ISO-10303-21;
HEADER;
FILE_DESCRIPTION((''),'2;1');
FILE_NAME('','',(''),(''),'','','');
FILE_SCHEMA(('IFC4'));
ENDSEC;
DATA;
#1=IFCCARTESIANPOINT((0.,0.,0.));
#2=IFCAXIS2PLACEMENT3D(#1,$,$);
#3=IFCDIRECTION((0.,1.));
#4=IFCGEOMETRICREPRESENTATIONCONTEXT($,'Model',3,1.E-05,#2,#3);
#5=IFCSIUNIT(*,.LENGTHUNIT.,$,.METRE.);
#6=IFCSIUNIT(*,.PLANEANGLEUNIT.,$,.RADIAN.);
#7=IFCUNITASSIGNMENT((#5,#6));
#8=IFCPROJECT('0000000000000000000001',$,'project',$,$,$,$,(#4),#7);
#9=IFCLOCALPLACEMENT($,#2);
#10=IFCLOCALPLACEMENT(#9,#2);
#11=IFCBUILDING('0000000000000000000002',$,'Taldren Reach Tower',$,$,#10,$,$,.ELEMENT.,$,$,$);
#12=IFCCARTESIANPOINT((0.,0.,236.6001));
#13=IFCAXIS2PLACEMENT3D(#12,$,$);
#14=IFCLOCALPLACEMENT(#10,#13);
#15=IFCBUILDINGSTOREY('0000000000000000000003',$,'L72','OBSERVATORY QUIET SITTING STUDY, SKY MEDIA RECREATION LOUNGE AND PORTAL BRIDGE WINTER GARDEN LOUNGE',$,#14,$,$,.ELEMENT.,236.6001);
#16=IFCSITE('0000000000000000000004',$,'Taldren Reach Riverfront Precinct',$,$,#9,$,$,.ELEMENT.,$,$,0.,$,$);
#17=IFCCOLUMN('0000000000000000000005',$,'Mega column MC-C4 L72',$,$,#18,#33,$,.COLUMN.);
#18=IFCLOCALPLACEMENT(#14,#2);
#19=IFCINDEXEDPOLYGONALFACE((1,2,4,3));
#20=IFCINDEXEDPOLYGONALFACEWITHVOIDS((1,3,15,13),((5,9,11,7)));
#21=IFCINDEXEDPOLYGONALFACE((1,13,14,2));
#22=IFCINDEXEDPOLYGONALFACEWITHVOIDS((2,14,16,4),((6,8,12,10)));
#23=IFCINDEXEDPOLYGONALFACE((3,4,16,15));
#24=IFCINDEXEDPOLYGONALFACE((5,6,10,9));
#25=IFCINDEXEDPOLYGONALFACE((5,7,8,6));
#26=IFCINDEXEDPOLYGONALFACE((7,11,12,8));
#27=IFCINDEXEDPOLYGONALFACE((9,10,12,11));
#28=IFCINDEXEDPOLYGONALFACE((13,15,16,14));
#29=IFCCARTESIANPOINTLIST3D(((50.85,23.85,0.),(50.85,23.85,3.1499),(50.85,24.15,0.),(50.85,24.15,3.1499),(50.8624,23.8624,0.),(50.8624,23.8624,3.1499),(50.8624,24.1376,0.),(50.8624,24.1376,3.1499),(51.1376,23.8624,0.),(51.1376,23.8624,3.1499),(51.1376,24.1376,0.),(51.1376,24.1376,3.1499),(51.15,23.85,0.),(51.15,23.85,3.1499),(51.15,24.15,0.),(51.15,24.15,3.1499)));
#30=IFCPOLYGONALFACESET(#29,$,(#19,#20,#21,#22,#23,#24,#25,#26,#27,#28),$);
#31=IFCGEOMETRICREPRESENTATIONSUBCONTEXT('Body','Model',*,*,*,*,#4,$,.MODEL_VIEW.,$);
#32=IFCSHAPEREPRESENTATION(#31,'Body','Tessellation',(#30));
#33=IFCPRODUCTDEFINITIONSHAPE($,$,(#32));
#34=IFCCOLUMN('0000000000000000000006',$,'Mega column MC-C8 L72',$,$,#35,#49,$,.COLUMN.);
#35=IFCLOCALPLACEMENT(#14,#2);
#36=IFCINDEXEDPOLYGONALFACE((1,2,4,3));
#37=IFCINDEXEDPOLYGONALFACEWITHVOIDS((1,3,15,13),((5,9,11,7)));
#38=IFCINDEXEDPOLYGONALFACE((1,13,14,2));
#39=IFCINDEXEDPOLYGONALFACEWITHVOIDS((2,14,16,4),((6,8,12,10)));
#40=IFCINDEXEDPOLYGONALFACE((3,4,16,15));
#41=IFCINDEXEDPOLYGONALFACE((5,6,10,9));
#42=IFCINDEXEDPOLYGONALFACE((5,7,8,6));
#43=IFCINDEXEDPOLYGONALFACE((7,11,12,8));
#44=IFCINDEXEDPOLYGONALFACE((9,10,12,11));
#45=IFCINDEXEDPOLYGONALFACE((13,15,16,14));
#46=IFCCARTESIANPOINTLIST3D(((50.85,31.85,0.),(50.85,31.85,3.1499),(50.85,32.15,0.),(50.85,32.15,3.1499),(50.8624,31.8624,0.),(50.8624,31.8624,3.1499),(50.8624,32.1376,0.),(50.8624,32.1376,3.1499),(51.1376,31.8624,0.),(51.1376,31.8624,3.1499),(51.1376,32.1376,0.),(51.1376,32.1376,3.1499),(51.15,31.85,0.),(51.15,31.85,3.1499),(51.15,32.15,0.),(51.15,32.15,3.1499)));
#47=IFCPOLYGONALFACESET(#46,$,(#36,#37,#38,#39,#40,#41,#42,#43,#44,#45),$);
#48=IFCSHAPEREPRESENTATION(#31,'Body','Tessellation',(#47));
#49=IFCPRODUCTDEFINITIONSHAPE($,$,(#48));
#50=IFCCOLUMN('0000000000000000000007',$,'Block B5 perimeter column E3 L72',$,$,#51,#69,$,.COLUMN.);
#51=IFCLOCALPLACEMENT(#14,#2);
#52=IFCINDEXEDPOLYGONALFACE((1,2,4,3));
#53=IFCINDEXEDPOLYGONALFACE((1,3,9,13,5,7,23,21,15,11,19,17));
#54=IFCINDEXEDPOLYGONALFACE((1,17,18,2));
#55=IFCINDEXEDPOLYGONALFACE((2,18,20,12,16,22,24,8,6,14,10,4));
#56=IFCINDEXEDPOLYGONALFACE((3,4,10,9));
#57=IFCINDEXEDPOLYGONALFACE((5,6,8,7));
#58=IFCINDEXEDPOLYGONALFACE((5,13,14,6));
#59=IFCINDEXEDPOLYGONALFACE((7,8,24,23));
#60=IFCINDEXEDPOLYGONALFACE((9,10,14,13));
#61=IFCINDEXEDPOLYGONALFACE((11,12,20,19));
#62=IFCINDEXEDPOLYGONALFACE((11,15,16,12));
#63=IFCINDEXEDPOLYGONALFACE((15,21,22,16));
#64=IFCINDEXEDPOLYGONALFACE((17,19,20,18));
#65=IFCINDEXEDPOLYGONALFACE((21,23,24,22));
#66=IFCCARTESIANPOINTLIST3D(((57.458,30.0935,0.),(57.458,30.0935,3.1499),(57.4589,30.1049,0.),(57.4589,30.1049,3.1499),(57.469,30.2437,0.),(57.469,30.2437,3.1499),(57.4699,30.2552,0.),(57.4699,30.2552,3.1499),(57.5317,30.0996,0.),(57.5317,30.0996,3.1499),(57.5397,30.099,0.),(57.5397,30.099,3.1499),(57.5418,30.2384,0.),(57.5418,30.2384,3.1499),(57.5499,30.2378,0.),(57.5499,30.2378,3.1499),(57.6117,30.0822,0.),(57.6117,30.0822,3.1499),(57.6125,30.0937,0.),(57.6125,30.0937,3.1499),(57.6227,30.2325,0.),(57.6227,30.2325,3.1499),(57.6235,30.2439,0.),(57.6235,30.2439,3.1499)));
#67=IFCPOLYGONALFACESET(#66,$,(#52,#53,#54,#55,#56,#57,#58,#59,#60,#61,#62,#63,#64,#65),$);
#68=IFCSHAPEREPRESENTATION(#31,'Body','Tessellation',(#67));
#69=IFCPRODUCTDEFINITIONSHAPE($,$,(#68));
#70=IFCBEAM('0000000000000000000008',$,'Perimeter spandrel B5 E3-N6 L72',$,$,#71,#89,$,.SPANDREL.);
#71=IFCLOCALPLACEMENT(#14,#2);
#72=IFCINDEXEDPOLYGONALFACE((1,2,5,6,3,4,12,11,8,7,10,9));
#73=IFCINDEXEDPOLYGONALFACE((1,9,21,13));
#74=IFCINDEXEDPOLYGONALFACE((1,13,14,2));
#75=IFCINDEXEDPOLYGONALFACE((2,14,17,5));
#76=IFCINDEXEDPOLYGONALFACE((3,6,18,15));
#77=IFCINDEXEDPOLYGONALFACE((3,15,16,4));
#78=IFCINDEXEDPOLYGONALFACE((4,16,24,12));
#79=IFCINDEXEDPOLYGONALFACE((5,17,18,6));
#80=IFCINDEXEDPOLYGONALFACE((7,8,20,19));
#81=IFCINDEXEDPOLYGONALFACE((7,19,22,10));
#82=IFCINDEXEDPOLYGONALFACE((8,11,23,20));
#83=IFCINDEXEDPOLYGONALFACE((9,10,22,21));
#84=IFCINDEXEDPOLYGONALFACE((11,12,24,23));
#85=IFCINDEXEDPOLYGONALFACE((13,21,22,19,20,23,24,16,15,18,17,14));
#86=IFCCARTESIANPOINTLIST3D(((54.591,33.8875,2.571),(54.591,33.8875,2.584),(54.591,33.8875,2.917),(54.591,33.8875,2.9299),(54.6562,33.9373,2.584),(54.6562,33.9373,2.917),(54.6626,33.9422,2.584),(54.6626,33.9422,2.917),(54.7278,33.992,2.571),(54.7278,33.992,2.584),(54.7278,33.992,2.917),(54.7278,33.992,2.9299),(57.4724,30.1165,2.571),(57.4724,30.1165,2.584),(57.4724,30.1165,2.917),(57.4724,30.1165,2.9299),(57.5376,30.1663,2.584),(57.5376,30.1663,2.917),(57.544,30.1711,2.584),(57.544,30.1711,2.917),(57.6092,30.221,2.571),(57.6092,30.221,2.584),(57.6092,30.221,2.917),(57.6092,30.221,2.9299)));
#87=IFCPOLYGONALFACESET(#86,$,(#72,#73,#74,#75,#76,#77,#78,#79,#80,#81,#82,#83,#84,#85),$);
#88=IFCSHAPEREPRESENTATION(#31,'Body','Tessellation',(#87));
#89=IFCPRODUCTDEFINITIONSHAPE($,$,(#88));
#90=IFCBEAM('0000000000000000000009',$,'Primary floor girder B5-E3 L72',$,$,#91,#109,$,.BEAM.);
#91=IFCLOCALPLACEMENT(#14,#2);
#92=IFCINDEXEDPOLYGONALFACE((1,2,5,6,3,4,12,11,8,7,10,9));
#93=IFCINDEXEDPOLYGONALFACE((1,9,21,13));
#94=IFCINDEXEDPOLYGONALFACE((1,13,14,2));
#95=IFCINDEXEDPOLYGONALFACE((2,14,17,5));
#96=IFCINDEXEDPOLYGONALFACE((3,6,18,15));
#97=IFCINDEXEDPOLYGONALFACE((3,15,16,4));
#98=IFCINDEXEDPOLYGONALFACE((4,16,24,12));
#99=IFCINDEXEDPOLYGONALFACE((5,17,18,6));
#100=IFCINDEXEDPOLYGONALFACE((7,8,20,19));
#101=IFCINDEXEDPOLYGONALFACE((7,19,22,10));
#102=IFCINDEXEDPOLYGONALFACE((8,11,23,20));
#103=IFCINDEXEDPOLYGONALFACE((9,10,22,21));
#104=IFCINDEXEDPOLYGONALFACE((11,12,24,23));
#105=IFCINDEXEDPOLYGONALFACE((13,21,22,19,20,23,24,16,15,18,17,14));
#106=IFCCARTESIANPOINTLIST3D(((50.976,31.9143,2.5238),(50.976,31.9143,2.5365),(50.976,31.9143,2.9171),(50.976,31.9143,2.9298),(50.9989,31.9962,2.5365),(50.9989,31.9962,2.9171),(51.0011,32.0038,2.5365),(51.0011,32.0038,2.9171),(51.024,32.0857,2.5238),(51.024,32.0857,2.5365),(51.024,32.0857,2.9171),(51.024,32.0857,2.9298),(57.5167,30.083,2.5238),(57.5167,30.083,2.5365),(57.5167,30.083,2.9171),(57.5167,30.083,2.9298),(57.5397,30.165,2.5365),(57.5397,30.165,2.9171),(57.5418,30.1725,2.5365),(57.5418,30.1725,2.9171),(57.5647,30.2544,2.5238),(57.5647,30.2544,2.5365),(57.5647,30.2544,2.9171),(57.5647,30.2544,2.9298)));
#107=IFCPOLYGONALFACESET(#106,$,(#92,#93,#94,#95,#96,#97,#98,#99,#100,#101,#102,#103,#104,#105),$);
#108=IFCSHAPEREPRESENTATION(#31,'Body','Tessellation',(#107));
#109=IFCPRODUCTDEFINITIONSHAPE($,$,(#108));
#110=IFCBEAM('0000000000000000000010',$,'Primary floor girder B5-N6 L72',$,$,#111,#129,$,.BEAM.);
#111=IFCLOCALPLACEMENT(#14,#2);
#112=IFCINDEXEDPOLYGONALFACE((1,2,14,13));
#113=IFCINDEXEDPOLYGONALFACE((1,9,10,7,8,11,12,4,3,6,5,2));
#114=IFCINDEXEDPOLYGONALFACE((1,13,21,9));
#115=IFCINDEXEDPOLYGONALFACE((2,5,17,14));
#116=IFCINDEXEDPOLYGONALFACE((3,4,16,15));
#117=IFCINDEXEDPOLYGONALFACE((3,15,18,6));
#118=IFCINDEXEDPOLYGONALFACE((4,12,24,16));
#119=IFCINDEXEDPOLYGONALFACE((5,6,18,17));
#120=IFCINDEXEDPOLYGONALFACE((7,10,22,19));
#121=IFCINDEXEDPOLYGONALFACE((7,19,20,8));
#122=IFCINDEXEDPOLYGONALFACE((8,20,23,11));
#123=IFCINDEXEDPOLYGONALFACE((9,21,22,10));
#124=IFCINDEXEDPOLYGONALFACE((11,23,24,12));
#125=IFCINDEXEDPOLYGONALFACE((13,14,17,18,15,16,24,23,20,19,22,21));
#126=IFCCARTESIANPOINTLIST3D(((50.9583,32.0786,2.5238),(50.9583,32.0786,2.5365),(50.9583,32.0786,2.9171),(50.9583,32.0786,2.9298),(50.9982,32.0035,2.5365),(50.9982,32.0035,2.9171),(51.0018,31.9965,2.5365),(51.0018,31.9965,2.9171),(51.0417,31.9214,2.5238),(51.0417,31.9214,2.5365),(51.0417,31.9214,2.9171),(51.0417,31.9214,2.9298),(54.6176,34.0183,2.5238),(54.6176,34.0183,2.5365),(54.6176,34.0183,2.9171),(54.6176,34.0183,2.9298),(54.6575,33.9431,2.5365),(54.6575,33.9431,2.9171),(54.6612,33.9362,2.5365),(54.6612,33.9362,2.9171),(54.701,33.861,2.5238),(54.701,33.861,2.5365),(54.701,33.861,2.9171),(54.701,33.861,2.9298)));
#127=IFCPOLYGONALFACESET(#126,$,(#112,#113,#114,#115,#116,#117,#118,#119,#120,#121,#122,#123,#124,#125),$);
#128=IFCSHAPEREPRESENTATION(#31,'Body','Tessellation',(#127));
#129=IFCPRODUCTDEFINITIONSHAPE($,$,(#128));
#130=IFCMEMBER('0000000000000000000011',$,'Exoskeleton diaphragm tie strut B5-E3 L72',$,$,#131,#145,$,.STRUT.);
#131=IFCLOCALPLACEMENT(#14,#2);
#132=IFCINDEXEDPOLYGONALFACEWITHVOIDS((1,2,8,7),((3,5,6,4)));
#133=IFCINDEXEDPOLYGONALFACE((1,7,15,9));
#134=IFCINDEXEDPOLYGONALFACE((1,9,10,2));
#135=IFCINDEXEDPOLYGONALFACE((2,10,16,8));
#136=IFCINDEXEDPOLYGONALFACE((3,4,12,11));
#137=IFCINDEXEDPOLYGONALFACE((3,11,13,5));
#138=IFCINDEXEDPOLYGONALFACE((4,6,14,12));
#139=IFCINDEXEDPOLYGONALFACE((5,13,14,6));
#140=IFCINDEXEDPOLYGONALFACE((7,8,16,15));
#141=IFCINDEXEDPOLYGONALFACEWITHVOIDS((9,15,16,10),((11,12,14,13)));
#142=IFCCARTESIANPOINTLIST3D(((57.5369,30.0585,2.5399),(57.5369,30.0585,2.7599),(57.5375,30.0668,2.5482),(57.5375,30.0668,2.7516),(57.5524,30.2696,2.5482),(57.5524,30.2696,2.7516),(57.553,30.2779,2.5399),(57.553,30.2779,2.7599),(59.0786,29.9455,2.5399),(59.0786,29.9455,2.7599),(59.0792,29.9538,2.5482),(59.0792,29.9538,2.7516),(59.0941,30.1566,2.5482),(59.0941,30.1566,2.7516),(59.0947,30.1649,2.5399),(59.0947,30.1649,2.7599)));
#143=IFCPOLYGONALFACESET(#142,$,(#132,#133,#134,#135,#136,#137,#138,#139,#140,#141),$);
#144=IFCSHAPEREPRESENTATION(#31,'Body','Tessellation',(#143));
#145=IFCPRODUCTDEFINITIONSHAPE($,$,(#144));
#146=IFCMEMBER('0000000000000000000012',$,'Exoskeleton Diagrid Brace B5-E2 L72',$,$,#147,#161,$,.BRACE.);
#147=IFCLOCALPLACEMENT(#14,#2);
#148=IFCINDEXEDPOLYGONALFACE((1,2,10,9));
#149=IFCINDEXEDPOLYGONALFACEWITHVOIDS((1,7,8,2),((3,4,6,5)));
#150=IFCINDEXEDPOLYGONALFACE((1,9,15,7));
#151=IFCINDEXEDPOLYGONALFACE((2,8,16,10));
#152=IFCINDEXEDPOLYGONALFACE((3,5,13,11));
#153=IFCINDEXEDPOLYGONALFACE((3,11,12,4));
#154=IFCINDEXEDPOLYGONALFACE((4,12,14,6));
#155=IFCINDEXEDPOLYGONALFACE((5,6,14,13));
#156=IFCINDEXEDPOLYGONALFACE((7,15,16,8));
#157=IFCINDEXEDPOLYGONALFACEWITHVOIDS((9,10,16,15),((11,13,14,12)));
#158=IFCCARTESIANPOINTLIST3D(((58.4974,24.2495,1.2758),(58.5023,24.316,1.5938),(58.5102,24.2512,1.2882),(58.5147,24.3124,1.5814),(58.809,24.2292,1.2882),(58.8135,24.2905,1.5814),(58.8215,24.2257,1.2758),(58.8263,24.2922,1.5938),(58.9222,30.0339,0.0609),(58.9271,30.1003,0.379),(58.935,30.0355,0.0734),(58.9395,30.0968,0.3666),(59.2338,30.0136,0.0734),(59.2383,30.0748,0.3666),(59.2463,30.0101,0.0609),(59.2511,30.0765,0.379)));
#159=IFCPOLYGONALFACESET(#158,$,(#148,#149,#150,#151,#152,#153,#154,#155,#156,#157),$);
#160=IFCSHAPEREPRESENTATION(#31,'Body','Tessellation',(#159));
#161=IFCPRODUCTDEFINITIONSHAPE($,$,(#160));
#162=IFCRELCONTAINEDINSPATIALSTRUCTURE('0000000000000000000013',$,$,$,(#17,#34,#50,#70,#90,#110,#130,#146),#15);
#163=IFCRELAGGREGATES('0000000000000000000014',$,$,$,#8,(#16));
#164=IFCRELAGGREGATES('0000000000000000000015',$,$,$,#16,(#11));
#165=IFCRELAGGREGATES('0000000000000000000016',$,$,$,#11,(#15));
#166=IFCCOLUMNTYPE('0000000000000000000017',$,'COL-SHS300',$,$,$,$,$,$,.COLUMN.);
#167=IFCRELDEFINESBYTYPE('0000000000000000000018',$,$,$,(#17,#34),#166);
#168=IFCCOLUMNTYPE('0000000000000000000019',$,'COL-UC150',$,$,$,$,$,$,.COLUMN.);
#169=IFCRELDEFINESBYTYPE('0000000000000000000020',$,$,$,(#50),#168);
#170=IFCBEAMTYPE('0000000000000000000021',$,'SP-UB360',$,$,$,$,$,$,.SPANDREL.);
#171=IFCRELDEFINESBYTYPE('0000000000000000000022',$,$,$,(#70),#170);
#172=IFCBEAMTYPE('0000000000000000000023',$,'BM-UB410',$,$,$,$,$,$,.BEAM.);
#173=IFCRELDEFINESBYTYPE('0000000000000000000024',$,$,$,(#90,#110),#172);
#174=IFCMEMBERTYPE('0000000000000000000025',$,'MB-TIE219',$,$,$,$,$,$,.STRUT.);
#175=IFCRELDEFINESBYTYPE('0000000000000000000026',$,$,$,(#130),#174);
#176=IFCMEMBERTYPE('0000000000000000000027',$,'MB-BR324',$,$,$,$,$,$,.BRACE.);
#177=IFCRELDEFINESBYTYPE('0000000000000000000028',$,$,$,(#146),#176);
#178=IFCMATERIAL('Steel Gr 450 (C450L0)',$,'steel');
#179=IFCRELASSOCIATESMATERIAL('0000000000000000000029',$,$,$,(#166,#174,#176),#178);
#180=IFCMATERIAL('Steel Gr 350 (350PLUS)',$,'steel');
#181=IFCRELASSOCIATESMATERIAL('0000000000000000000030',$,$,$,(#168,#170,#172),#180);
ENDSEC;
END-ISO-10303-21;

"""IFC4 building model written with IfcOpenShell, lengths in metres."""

from ifc_helpers import new_model, si_unit, direction, frame, origin, origin_2d, place, context, subcontext, project, spatial, hollow_rectangle, i_section, extrude, source, transform, mapped, material, material_profile, profile_set, type_object, element, save


model = new_model("IFC4")

# Units and contexts
model_context = context("Model", 3, precision=1e-05, world=origin(), true_north=direction((0.0, 1.0)))
body_context = subcontext(model_context, "Body", "Model", "MODEL_VIEW")
ifc_project = project(units=[si_unit("LENGTHUNIT", "METRE"), si_unit("PLANEANGLEUNIT", "RADIAN")], contexts=[model_context])

# Site, building, storey
site_placement = place(None, origin())
site = spatial("IfcSite", under=ifc_project, at=site_placement, Name="Taldren Reach Riverfront Precinct", CompositionType="ELEMENT", RefElevation=0.0)
building_placement = place(site_placement, origin())
building = spatial("IfcBuilding", under=site, at=building_placement, Name="Taldren Reach Tower", CompositionType="ELEMENT")
storey_placement = place(building_placement, frame((0.0, 0.0, 236.6001)))
storey = spatial("IfcBuildingStorey", under=building, at=storey_placement, Name="L72", Description="OBSERVATORY QUIET SITTING STUDY, SKY MEDIA RECREATION LOUNGE AND PORTAL BRIDGE WINTER GARDEN LOUNGE", CompositionType="ELEMENT", Elevation=236.6001)

# Columns
ifc_material_1 = material(Name="Steel Gr 450 (C450L0)", Category="steel")
ifc_material_profile_1 = material_profile(ifc_material_1, hollow_rectangle(XDim=0.3, YDim=0.3, WallThickness=0.0125, at=origin_2d()), Name="300x300x12.5SHS")
ifc_profile_set_1 = profile_set([ifc_material_profile_1], Name="Steel Gr 450 (C450L0)")
column_type_1 = type_object("IfcColumnType", Name="COL-SHS300", PredefinedType="COLUMN", material=ifc_profile_set_1)
shared_shape_1 = source(origin(), body_context, "Body", "SweptSolid", [
    extrude(hollow_rectangle(XDim=0.3, YDim=0.3, WallThickness=0.0125, at=origin_2d()), origin(), (0.0, 0.0, 1.0), 3.1499),
])
for number, where, z_axis, x_axis, name in (
    (1, (51.0, 24.0, 0.0), (0.0, 0.0, 1.0), (1.0, 0.0, 0.0), "Mega column MC-C4 L72"),
    (2, (51.0, 32.0, 0.0), (0.0, 0.0, 1.0), (1.0, 0.0, 0.0), "Mega column MC-C8 L72"),
):
    element("IfcColumn", number, at=place(storey_placement, frame(where, z_axis=z_axis, x_axis=x_axis)), inside=storey, type_object=column_type_1, Name=name, PredefinedType="COLUMN", context=body_context, shape_type="MappedRepresentation", body=[
        mapped(shared_shape_1, transform((0.0, 0.0, 0.0), scale=1.0)),
    ])
ifc_material_2 = material(Name="Steel Gr 350 (350PLUS)", Category="steel")
ifc_material_profile_2 = material_profile(ifc_material_2, i_section(OverallWidth=0.1541, OverallDepth=0.1621, WebThickness=0.0081, FlangeThickness=0.0115, at=origin_2d()), Name="150UC37.2")
ifc_profile_set_2 = profile_set([ifc_material_profile_2], Name="Steel Gr 350 (350PLUS)")
column_type_2 = type_object("IfcColumnType", Name="COL-UC150", PredefinedType="COLUMN", material=ifc_profile_set_2)
shared_shape_2 = source(origin(), body_context, "Body", "SweptSolid", [
    extrude(i_section(OverallWidth=0.1541, OverallDepth=0.1621, WebThickness=0.0081, FlangeThickness=0.0115, at=origin_2d()), origin(), (0.0, 0.0, 1.0), 3.1499),
])
column_placement = place(storey_placement, frame((57.5408, 30.1687, 0.0), z_axis=(0.0, 0.0, 1.0), x_axis=(0.997314, -0.073238, 0.0)))
element("IfcColumn", 3, at=column_placement, inside=storey, type_object=column_type_2, Name="Block B5 perimeter column E3 L72", PredefinedType="COLUMN", context=body_context, shape_type="MappedRepresentation", body=[
    mapped(shared_shape_2, transform((0.0, 0.0, 0.0), scale=1.0)),
])

# Beams
ifc_material_profile_3 = material_profile(ifc_material_2, i_section(OverallWidth=0.1721, OverallDepth=0.3589, WebThickness=0.0081, FlangeThickness=0.0129, at=origin_2d()), Name="360UB56.7")
ifc_profile_set_3 = profile_set([ifc_material_profile_3], Name="Steel Gr 350 (350PLUS)")
beam_type_1 = type_object("IfcBeamType", Name="SP-UB360", PredefinedType="SPANDREL", material=ifc_profile_set_3)
shared_shape_3 = source(origin(), body_context, "Body", "SweptSolid", [
    extrude(i_section(OverallWidth=0.1721, OverallDepth=0.3589, WebThickness=0.0081, FlangeThickness=0.0129, at=origin_2d()), origin(), (0.0, 0.0, 1.0), 4.7458),
])
beam_1_placement = place(storey_placement, frame((57.5408, 30.1687, 2.7505), z_axis=(-0.607137, 0.794597, 0.0), x_axis=(-0.794597, -0.607137, 0.0)))
element("IfcBeam", 4, at=beam_1_placement, inside=storey, type_object=beam_type_1, Name="Perimeter spandrel B5 E3-N6 L72", PredefinedType="SPANDREL", context=body_context, shape_type="MappedRepresentation", body=[
    mapped(shared_shape_3, transform((0.0, 0.0, 0.0), scale=1.0)),
])
ifc_material_profile_4 = material_profile(ifc_material_2, i_section(OverallWidth=0.178, OverallDepth=0.406, WebThickness=0.0078, FlangeThickness=0.0127, at=origin_2d()), Name="410UB59.7")
ifc_profile_set_4 = profile_set([ifc_material_profile_4], Name="Steel Gr 350 (350PLUS)")
beam_type_2 = type_object("IfcBeamType", Name="BM-UB410", PredefinedType="BEAM", material=ifc_profile_set_4)
shared_shape_4 = source(origin(), body_context, "Body", "SweptSolid", [
    extrude(i_section(OverallWidth=0.178, OverallDepth=0.406, WebThickness=0.0078, FlangeThickness=0.0127, at=origin_2d()), origin(), (0.0, 0.0, 1.0), 6.7922),
])
beam_2_placement = place(storey_placement, frame((51.0, 32.0, 2.7268), z_axis=(0.962968, -0.269614, 0.0), x_axis=(0.269614, 0.962968, 0.0)))
element("IfcBeam", 5, at=beam_2_placement, inside=storey, type_object=beam_type_2, Name="Primary floor girder B5-E3 L72", PredefinedType="BEAM", context=body_context, shape_type="MappedRepresentation", body=[
    mapped(shared_shape_4, transform((0.0, 0.0, 0.0), scale=1.0)),
])
shared_shape_5 = source(origin(), body_context, "Body", "SweptSolid", [
    extrude(i_section(OverallWidth=0.178, OverallDepth=0.406, WebThickness=0.0078, FlangeThickness=0.0127, at=origin_2d()), origin(), (0.0, 0.0, 1.0), 4.1416),
])
beam_3_placement = place(storey_placement, frame((51.0, 32.0, 2.7268), z_axis=(0.883553, 0.468332, 0.0), x_axis=(-0.468332, 0.883553, 0.0)))
element("IfcBeam", 6, at=beam_3_placement, inside=storey, type_object=beam_type_2, Name="Primary floor girder B5-N6 L72", PredefinedType="BEAM", context=body_context, shape_type="MappedRepresentation", body=[
    mapped(shared_shape_5, transform((0.0, 0.0, 0.0), scale=1.0)),
])

# Members
ifc_material_profile_5 = material_profile(ifc_material_1, hollow_rectangle(XDim=0.22, YDim=0.22, WallThickness=0.0083, at=origin_2d()), Name="220x220x8.2SHS")
ifc_profile_set_5 = profile_set([ifc_material_profile_5], Name="Steel Gr 450 (C450L0)")
member_type_1 = type_object("IfcMemberType", Name="MB-TIE219", PredefinedType="STRUT", material=ifc_profile_set_5)
shared_shape_6 = source(origin(), body_context, "Body", "SweptSolid", [
    extrude(hollow_rectangle(XDim=0.22, YDim=0.22, WallThickness=0.0083, at=origin_2d()), origin(), (0.0, 0.0, 1.0), 1.5459),
])
member_1_placement = place(storey_placement, frame((57.5449, 30.1682, 2.6499), z_axis=(0.997323, -0.073121, 0.0), x_axis=(0.073121, 0.997323, 0.0)))
element("IfcMember", 7, at=member_1_placement, inside=storey, type_object=member_type_1, Name="Exoskeleton diaphragm tie strut B5-E3 L72", PredefinedType="STRUT", context=body_context, shape_type="MappedRepresentation", body=[
    mapped(shared_shape_6, transform((0.0, 0.0, 0.0), scale=1.0)),
])
ifc_material_profile_6 = material_profile(ifc_material_1, hollow_rectangle(XDim=0.325, YDim=0.325, WallThickness=0.0127, at=origin_2d()), Name="325x325x12.7SHS")
ifc_profile_set_6 = profile_set([ifc_material_profile_6], Name="Steel Gr 450 (C450L0)")
member_type_2 = type_object("IfcMemberType", Name="MB-BR324", PredefinedType="BRACE", material=ifc_profile_set_6)
shared_shape_7 = source(origin(), body_context, "Body", "SweptSolid", [
    extrude(hollow_rectangle(XDim=0.325, YDim=0.325, WallThickness=0.0127, at=origin_2d()), origin(), (0.0, 0.0, 1.0), 5.9258),
])
member_2_placement = place(storey_placement, frame((59.0867, 30.0552, 0.22), z_axis=(-0.071687, -0.976132, 0.205007), x_axis=(0.997314, -0.073242, 0.0)))
element("IfcMember", 8, at=member_2_placement, inside=storey, type_object=member_type_2, Name="Exoskeleton Diagrid Brace B5-E2 L72", PredefinedType="BRACE", context=body_context, shape_type="MappedRepresentation", body=[
    mapped(shared_shape_7, transform((0.0, 0.0, 0.0), scale=1.0)),
])

save(model, "model.ifc")
